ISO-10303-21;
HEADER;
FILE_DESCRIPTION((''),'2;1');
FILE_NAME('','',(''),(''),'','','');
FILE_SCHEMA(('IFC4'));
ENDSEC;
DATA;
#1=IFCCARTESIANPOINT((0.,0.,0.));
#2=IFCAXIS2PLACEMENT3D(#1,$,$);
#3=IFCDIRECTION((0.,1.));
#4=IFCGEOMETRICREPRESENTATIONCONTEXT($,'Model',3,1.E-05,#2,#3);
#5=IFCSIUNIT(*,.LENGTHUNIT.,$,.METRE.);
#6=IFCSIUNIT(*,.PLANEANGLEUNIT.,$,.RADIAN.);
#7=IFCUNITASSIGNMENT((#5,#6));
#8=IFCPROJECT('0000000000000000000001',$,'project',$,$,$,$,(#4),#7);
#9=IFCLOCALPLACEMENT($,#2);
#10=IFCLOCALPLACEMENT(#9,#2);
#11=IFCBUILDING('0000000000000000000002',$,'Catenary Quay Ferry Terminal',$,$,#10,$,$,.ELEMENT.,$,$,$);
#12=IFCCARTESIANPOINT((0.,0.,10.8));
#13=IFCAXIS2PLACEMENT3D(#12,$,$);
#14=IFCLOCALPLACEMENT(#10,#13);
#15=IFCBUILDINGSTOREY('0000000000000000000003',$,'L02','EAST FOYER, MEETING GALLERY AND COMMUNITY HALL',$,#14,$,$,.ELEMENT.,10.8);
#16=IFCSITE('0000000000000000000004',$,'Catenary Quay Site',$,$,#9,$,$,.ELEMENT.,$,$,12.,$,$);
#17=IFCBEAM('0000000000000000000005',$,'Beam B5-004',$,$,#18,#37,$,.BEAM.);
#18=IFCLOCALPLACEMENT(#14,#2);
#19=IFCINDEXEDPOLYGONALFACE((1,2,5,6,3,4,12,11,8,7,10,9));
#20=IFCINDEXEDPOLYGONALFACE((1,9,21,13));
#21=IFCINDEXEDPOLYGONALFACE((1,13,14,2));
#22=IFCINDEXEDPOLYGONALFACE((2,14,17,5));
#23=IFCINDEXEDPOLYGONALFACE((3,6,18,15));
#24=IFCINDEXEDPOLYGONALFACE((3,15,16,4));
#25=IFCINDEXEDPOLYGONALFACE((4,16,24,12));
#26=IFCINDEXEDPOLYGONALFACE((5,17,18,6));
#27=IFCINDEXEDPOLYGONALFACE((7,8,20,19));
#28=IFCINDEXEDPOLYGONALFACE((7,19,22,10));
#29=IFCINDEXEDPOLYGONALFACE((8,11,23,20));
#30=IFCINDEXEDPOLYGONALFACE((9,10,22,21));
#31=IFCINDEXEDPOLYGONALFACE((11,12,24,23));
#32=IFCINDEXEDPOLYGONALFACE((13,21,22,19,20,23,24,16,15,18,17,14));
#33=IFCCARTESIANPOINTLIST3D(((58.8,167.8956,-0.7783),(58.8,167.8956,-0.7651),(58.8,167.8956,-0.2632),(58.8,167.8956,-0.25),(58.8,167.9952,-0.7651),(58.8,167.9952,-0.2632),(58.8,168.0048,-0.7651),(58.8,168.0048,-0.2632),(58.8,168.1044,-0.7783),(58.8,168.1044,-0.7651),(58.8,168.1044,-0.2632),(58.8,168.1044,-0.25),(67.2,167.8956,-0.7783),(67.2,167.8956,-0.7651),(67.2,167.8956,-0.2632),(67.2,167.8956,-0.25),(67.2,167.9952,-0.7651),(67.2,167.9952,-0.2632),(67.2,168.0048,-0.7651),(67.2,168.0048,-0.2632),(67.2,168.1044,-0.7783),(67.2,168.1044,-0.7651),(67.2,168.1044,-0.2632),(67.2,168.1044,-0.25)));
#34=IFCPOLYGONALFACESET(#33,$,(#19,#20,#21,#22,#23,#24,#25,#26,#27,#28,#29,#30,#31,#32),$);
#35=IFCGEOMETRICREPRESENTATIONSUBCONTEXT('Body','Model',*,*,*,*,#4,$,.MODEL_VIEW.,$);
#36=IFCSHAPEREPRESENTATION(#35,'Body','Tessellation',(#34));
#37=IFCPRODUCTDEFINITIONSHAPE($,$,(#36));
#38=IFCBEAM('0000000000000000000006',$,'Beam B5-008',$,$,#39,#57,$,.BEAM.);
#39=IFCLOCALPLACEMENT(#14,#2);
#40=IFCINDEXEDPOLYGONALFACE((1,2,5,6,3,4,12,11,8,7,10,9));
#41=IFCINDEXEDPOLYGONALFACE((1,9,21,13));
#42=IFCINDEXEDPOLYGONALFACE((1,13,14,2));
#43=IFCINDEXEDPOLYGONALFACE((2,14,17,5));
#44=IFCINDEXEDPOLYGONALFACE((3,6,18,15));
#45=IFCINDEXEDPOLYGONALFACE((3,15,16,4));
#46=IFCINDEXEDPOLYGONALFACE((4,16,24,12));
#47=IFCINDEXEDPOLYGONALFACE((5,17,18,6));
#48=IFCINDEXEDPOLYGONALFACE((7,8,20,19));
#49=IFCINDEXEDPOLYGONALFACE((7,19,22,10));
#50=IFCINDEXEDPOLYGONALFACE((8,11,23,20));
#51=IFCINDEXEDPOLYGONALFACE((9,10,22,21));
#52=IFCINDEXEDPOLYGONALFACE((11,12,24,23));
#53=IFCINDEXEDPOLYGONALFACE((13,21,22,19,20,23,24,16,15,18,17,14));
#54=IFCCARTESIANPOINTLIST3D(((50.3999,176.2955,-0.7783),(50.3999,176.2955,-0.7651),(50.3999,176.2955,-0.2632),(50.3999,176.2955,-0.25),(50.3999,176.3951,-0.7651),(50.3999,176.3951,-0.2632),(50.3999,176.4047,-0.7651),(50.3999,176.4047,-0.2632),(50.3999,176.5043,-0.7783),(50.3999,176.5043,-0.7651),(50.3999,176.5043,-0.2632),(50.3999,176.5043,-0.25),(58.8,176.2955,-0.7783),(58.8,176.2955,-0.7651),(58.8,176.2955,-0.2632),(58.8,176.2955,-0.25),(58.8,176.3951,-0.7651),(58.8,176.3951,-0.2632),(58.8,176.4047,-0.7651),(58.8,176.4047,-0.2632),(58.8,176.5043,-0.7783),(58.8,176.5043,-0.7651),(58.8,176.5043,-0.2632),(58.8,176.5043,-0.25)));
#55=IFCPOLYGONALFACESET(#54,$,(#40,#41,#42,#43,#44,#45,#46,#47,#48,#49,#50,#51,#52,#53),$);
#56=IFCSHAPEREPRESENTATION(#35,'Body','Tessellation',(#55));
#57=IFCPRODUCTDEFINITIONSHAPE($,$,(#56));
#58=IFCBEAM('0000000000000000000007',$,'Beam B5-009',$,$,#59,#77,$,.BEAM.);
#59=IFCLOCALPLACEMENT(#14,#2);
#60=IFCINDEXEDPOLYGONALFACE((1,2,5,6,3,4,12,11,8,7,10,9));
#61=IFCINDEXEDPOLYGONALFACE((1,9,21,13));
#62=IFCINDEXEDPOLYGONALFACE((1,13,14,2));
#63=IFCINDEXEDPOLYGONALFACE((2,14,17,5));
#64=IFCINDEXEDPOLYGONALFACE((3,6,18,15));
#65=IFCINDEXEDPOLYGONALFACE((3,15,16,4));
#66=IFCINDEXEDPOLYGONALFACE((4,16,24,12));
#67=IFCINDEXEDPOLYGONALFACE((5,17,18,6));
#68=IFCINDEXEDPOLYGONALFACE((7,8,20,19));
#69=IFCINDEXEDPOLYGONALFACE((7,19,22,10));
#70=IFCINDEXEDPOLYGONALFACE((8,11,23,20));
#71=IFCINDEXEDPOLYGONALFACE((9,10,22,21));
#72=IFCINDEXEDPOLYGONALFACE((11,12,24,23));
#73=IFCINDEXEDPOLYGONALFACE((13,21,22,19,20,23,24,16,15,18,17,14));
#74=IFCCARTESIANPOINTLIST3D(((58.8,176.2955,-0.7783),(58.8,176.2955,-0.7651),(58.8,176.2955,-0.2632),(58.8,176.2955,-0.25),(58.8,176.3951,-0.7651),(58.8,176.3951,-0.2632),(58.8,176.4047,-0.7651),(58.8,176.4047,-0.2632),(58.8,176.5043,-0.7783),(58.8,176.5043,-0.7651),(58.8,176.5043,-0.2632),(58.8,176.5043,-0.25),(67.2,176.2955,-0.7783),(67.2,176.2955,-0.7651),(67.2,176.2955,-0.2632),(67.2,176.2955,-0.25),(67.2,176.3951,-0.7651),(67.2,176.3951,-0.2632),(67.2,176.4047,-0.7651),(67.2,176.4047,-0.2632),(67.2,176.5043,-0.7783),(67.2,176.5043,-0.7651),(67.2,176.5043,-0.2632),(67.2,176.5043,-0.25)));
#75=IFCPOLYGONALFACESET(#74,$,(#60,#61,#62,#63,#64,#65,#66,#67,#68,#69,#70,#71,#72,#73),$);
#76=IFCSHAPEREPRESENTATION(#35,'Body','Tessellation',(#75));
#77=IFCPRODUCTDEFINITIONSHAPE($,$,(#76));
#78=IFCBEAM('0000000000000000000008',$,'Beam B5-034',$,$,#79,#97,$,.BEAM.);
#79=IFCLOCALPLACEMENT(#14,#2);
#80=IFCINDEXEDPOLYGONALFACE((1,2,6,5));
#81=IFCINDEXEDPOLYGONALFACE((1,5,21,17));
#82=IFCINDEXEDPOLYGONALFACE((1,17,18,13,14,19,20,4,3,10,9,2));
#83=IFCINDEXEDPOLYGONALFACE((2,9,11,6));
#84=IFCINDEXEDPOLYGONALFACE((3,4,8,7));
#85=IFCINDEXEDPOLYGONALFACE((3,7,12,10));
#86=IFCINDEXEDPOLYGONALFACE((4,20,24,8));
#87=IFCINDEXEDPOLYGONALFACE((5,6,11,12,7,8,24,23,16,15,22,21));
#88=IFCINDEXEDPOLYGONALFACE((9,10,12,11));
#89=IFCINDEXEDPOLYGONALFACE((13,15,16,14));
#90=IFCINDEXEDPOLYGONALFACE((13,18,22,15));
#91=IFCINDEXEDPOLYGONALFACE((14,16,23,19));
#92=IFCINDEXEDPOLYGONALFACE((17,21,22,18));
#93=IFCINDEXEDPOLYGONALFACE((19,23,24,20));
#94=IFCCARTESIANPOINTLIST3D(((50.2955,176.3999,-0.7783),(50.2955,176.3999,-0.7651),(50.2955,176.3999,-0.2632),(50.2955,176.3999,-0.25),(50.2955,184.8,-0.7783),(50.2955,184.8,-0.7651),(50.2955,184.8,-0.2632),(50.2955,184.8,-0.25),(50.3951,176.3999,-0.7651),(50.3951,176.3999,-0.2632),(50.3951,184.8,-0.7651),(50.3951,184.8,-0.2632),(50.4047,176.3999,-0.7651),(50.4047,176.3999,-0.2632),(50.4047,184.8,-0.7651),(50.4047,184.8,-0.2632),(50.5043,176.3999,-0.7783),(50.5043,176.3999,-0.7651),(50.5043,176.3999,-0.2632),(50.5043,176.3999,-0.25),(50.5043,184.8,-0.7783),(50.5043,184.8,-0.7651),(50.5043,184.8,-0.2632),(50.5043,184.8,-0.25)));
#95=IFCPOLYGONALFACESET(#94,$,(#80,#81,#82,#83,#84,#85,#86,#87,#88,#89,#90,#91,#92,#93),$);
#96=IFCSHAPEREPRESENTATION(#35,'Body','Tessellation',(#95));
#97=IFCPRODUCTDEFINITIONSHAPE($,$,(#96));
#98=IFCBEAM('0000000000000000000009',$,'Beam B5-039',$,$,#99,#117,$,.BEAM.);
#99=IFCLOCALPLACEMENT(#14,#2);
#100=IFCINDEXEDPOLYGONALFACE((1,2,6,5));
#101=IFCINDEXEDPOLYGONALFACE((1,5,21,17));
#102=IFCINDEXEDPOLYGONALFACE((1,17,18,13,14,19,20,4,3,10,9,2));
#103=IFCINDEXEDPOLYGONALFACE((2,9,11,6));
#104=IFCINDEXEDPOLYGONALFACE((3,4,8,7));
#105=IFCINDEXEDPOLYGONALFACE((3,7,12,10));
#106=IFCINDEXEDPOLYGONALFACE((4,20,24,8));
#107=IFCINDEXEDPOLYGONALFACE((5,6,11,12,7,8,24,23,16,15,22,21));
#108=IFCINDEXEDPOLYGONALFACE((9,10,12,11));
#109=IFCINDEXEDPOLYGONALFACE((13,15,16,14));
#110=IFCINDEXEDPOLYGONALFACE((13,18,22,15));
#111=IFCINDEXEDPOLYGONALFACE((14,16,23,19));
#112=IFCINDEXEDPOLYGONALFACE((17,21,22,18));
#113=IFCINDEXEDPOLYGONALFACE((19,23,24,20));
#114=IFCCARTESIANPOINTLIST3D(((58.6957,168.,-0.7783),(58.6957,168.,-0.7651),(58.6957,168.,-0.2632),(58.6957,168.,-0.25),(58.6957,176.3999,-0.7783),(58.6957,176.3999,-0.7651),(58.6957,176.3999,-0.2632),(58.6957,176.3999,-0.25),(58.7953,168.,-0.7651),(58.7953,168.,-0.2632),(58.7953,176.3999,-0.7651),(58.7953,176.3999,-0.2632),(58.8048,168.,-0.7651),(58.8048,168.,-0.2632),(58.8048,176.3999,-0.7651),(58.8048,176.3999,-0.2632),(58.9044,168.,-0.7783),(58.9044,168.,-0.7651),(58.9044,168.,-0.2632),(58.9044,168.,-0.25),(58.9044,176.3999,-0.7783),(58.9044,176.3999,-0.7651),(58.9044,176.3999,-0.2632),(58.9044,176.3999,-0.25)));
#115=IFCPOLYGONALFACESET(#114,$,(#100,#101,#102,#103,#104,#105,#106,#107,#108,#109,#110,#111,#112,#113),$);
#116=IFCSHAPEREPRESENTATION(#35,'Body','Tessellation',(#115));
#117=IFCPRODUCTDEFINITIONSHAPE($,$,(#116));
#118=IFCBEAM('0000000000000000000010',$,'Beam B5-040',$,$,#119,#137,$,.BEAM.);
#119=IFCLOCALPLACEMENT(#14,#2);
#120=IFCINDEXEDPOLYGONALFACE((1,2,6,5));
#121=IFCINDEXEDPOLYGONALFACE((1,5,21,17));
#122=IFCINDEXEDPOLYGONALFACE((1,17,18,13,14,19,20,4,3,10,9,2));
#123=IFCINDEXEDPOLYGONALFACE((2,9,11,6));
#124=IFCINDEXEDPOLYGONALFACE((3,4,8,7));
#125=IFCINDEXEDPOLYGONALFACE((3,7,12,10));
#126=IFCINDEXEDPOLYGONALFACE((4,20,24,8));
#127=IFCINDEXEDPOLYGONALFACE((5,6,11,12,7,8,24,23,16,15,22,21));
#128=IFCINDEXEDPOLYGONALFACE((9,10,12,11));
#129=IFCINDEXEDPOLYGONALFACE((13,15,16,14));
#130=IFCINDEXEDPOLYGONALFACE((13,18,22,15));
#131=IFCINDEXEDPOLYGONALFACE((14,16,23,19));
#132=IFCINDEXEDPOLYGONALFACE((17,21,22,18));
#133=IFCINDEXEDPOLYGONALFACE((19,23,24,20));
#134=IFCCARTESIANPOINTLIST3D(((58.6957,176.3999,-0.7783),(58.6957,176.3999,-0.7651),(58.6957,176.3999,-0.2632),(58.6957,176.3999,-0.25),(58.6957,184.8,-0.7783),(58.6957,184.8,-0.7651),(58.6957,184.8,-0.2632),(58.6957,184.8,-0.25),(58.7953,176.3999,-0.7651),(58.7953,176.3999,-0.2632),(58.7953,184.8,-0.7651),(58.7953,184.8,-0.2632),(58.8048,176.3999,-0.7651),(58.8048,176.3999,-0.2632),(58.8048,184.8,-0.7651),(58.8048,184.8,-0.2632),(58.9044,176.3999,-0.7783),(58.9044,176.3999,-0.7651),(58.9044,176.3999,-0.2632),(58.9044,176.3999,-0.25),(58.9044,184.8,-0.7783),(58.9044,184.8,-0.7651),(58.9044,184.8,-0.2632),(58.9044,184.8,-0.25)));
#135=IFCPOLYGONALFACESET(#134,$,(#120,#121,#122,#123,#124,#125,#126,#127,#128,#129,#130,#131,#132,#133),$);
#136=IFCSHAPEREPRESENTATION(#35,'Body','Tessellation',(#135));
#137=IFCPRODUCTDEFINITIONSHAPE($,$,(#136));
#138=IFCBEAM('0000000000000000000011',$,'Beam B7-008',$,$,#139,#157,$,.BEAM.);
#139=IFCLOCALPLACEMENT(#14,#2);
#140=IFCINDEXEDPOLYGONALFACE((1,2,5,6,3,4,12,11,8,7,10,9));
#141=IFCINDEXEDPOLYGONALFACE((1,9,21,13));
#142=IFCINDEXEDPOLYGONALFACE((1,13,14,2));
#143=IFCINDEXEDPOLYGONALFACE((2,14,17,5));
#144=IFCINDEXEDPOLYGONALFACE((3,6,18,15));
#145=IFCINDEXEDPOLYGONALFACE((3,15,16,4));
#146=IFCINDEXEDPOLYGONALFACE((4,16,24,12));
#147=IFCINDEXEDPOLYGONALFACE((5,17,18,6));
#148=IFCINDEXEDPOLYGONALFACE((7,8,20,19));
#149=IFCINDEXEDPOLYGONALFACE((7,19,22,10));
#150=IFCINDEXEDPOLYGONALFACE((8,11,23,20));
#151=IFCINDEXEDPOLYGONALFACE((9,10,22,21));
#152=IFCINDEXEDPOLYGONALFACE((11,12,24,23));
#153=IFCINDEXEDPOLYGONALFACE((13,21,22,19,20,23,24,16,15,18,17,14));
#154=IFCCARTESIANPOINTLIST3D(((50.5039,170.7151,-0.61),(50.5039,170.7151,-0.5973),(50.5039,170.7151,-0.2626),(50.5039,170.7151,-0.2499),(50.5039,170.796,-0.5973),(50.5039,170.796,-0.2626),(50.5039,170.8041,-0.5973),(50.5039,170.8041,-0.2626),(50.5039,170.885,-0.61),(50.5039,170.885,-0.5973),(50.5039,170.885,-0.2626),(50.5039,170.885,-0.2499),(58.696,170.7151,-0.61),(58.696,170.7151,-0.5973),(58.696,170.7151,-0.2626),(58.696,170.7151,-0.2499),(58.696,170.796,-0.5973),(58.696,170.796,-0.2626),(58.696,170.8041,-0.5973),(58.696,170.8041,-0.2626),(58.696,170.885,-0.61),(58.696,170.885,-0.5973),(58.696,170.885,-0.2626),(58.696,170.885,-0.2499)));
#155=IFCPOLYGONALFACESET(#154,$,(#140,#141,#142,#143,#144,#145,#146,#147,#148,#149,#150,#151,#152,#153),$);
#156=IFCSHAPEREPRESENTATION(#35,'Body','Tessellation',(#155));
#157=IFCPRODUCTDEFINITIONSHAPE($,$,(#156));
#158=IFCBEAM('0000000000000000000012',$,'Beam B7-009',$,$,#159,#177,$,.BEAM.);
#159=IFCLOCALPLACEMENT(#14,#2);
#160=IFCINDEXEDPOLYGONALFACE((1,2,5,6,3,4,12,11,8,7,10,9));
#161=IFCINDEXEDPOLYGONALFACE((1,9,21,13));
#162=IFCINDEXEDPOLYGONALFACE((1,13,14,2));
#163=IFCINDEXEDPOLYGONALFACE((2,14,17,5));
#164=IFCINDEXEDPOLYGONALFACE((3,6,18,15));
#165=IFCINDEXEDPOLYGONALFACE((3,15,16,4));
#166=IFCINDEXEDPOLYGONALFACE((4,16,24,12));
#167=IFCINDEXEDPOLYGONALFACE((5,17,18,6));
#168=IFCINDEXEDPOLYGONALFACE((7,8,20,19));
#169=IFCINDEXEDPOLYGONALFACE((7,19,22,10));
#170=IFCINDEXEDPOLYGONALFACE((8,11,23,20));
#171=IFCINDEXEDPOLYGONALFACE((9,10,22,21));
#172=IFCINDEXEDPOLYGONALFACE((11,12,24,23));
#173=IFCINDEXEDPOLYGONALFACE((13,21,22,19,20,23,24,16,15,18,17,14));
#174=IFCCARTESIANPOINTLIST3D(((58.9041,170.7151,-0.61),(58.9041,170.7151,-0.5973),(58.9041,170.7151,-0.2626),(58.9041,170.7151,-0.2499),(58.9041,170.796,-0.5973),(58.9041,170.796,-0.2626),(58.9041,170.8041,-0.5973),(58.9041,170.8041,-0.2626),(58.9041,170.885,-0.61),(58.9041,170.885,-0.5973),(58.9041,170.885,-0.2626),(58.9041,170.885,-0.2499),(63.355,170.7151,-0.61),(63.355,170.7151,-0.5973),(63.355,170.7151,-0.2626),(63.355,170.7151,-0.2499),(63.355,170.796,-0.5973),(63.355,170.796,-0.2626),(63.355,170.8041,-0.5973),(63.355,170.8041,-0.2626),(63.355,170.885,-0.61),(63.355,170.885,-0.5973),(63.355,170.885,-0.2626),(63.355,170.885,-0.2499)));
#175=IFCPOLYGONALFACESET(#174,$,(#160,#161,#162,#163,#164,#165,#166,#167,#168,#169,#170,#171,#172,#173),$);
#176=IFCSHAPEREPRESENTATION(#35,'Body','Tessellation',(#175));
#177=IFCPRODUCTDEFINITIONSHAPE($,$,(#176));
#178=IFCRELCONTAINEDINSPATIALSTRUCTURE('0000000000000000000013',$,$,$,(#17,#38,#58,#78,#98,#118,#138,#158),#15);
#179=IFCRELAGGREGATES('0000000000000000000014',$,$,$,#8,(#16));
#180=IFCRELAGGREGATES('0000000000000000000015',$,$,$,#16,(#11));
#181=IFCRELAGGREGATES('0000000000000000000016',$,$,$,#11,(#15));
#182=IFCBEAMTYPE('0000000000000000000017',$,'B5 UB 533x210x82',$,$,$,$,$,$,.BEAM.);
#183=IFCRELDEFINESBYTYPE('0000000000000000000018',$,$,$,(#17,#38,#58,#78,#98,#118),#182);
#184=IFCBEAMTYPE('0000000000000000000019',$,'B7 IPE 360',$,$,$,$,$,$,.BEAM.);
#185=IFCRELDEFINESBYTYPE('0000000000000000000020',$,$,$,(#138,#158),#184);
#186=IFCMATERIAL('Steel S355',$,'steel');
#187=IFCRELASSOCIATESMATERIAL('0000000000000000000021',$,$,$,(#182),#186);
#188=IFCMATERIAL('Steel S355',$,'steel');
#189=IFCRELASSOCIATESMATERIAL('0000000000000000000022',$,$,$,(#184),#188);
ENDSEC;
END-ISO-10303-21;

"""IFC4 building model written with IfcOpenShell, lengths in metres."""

from ifc_helpers import new_model, si_unit, direction, frame, origin, origin_2d, place, context, subcontext, project, spatial, i_section, extrude, material, material_profile, profile_set, type_object, element, save


model = new_model("IFC4")

# Units and contexts
model_context = context("Model", 3, precision=1e-05, world=origin(), true_north=direction((0.0, 1.0)))
body_context = subcontext(model_context, "Body", "Model", "MODEL_VIEW")
ifc_project = project(units=[si_unit("LENGTHUNIT", "METRE"), si_unit("PLANEANGLEUNIT", "RADIAN")], contexts=[model_context])

# Site, building, storey
site_placement = place(None, origin())
site = spatial("IfcSite", under=ifc_project, at=site_placement, Name="Catenary Quay Site", CompositionType="ELEMENT", RefElevation=12.0)
building_placement = place(site_placement, origin())
building = spatial("IfcBuilding", under=site, at=building_placement, Name="Catenary Quay Ferry Terminal", CompositionType="ELEMENT")
storey_placement = place(building_placement, frame((0.0, 0.0, 10.8)))
storey = spatial("IfcBuildingStorey", under=building, at=storey_placement, Name="L02", Description="EAST FOYER, MEETING GALLERY AND COMMUNITY HALL", CompositionType="ELEMENT", Elevation=10.8)

# Beams
ifc_material_1 = material(Name="Steel S355", Category="steel")
ifc_material_profile_1 = material_profile(ifc_material_1, i_section(OverallWidth=0.2087, OverallDepth=0.5283, WebThickness=0.0095, FlangeThickness=0.0132, at=origin_2d()), Name="UB 533x210x82")
ifc_profile_set_1 = profile_set([ifc_material_profile_1], Name="Steel S355")
beam_type_1 = type_object("IfcBeamType", Name="B5 UB 533x210x82", PredefinedType="BEAM", material=ifc_profile_set_1)
beam_1_placement = place(storey_placement, frame((58.8, 168.0, -0.5142), z_axis=(1.0, 0.0, 0.0), x_axis=(0.0, 1.0, 0.0)))
element("IfcBeam", 1, at=beam_1_placement, inside=storey, type_object=beam_type_1, Name="Beam B5-004", PredefinedType="BEAM", context=body_context, shape_type="SweptSolid", body=[
    extrude(i_section(OverallWidth=0.2087, OverallDepth=0.5283, WebThickness=0.0095, FlangeThickness=0.0132, at=origin_2d()), origin(), (0.0, 0.0, 1.0), 8.3999),
])
beam_2_placement = place(storey_placement, frame((50.3999, 176.3999, -0.5142), z_axis=(1.0, 0.0, 0.0), x_axis=(0.0, 1.0, 0.0)))
element("IfcBeam", 2, at=beam_2_placement, inside=storey, type_object=beam_type_1, Name="Beam B5-008", PredefinedType="BEAM", context=body_context, shape_type="SweptSolid", body=[
    extrude(i_section(OverallWidth=0.2087, OverallDepth=0.5283, WebThickness=0.0095, FlangeThickness=0.0132, at=origin_2d()), origin(), (0.0, 0.0, 1.0), 8.4001),
])
beam_3_placement = place(storey_placement, frame((58.8, 176.3999, -0.5142), z_axis=(1.0, 0.0, 0.0), x_axis=(0.0, 1.0, 0.0)))
element("IfcBeam", 3, at=beam_3_placement, inside=storey, type_object=beam_type_1, Name="Beam B5-009", PredefinedType="BEAM", context=body_context, shape_type="SweptSolid", body=[
    extrude(i_section(OverallWidth=0.2087, OverallDepth=0.5283, WebThickness=0.0095, FlangeThickness=0.0132, at=origin_2d()), origin(), (0.0, 0.0, 1.0), 8.3999),
])
beam_4_placement = place(storey_placement, frame((50.3999, 176.3999, -0.5142), z_axis=(0.0, 1.0, 0.0), x_axis=(-1.0, 0.0, 0.0)))
element("IfcBeam", 4, at=beam_4_placement, inside=storey, type_object=beam_type_1, Name="Beam B5-034", PredefinedType="BEAM", context=body_context, shape_type="SweptSolid", body=[
    extrude(i_section(OverallWidth=0.2087, OverallDepth=0.5283, WebThickness=0.0095, FlangeThickness=0.0132, at=origin_2d()), origin(), (0.0, 0.0, 1.0), 8.4001),
])
beam_5_placement = place(storey_placement, frame((58.8, 168.0, -0.5142), z_axis=(0.0, 1.0, 0.0), x_axis=(-1.0, 0.0, 0.0)))
element("IfcBeam", 5, at=beam_5_placement, inside=storey, type_object=beam_type_1, Name="Beam B5-039", PredefinedType="BEAM", context=body_context, shape_type="SweptSolid", body=[
    extrude(i_section(OverallWidth=0.2087, OverallDepth=0.5283, WebThickness=0.0095, FlangeThickness=0.0132, at=origin_2d()), origin(), (0.0, 0.0, 1.0), 8.3999),
])
beam_6_placement = place(storey_placement, frame((58.8, 176.3999, -0.5142), z_axis=(0.0, 1.0, 0.0), x_axis=(-1.0, 0.0, 0.0)))
element("IfcBeam", 6, at=beam_6_placement, inside=storey, type_object=beam_type_1, Name="Beam B5-040", PredefinedType="BEAM", context=body_context, shape_type="SweptSolid", body=[
    extrude(i_section(OverallWidth=0.2087, OverallDepth=0.5283, WebThickness=0.0095, FlangeThickness=0.0132, at=origin_2d()), origin(), (0.0, 0.0, 1.0), 8.4001),
])
ifc_material_2 = material(Name="Steel S355", Category="steel")
ifc_material_profile_2 = material_profile(ifc_material_2, i_section(OverallWidth=0.1699, OverallDepth=0.3601, WebThickness=0.0081, FlangeThickness=0.0127, at=origin_2d()), Name="IPE 360")
ifc_profile_set_2 = profile_set([ifc_material_profile_2], Name="Steel S355")
beam_type_2 = type_object("IfcBeamType", Name="B7 IPE 360", PredefinedType="BEAM", material=ifc_profile_set_2)
beam_7_placement = place(storey_placement, frame((50.5039, 170.8, -0.4299), z_axis=(1.0, 0.0, 0.0), x_axis=(0.0, 1.0, 0.0)))
element("IfcBeam", 7, at=beam_7_placement, inside=storey, type_object=beam_type_2, Name="Beam B7-008", PredefinedType="BEAM", context=body_context, shape_type="SweptSolid", body=[
    extrude(i_section(OverallWidth=0.1699, OverallDepth=0.3601, WebThickness=0.0081, FlangeThickness=0.0127, at=origin_2d()), origin(), (0.0, 0.0, 1.0), 8.1921),
])
beam_8_placement = place(storey_placement, frame((58.9041, 170.8, -0.4299), z_axis=(1.0, 0.0, 0.0), x_axis=(0.0, 1.0, 0.0)))
element("IfcBeam", 8, at=beam_8_placement, inside=storey, type_object=beam_type_2, Name="Beam B7-009", PredefinedType="BEAM", context=body_context, shape_type="SweptSolid", body=[
    extrude(i_section(OverallWidth=0.1699, OverallDepth=0.3601, WebThickness=0.0081, FlangeThickness=0.0127, at=origin_2d()), origin(), (0.0, 0.0, 1.0), 4.4509),
])

save(model, "model.ifc")
